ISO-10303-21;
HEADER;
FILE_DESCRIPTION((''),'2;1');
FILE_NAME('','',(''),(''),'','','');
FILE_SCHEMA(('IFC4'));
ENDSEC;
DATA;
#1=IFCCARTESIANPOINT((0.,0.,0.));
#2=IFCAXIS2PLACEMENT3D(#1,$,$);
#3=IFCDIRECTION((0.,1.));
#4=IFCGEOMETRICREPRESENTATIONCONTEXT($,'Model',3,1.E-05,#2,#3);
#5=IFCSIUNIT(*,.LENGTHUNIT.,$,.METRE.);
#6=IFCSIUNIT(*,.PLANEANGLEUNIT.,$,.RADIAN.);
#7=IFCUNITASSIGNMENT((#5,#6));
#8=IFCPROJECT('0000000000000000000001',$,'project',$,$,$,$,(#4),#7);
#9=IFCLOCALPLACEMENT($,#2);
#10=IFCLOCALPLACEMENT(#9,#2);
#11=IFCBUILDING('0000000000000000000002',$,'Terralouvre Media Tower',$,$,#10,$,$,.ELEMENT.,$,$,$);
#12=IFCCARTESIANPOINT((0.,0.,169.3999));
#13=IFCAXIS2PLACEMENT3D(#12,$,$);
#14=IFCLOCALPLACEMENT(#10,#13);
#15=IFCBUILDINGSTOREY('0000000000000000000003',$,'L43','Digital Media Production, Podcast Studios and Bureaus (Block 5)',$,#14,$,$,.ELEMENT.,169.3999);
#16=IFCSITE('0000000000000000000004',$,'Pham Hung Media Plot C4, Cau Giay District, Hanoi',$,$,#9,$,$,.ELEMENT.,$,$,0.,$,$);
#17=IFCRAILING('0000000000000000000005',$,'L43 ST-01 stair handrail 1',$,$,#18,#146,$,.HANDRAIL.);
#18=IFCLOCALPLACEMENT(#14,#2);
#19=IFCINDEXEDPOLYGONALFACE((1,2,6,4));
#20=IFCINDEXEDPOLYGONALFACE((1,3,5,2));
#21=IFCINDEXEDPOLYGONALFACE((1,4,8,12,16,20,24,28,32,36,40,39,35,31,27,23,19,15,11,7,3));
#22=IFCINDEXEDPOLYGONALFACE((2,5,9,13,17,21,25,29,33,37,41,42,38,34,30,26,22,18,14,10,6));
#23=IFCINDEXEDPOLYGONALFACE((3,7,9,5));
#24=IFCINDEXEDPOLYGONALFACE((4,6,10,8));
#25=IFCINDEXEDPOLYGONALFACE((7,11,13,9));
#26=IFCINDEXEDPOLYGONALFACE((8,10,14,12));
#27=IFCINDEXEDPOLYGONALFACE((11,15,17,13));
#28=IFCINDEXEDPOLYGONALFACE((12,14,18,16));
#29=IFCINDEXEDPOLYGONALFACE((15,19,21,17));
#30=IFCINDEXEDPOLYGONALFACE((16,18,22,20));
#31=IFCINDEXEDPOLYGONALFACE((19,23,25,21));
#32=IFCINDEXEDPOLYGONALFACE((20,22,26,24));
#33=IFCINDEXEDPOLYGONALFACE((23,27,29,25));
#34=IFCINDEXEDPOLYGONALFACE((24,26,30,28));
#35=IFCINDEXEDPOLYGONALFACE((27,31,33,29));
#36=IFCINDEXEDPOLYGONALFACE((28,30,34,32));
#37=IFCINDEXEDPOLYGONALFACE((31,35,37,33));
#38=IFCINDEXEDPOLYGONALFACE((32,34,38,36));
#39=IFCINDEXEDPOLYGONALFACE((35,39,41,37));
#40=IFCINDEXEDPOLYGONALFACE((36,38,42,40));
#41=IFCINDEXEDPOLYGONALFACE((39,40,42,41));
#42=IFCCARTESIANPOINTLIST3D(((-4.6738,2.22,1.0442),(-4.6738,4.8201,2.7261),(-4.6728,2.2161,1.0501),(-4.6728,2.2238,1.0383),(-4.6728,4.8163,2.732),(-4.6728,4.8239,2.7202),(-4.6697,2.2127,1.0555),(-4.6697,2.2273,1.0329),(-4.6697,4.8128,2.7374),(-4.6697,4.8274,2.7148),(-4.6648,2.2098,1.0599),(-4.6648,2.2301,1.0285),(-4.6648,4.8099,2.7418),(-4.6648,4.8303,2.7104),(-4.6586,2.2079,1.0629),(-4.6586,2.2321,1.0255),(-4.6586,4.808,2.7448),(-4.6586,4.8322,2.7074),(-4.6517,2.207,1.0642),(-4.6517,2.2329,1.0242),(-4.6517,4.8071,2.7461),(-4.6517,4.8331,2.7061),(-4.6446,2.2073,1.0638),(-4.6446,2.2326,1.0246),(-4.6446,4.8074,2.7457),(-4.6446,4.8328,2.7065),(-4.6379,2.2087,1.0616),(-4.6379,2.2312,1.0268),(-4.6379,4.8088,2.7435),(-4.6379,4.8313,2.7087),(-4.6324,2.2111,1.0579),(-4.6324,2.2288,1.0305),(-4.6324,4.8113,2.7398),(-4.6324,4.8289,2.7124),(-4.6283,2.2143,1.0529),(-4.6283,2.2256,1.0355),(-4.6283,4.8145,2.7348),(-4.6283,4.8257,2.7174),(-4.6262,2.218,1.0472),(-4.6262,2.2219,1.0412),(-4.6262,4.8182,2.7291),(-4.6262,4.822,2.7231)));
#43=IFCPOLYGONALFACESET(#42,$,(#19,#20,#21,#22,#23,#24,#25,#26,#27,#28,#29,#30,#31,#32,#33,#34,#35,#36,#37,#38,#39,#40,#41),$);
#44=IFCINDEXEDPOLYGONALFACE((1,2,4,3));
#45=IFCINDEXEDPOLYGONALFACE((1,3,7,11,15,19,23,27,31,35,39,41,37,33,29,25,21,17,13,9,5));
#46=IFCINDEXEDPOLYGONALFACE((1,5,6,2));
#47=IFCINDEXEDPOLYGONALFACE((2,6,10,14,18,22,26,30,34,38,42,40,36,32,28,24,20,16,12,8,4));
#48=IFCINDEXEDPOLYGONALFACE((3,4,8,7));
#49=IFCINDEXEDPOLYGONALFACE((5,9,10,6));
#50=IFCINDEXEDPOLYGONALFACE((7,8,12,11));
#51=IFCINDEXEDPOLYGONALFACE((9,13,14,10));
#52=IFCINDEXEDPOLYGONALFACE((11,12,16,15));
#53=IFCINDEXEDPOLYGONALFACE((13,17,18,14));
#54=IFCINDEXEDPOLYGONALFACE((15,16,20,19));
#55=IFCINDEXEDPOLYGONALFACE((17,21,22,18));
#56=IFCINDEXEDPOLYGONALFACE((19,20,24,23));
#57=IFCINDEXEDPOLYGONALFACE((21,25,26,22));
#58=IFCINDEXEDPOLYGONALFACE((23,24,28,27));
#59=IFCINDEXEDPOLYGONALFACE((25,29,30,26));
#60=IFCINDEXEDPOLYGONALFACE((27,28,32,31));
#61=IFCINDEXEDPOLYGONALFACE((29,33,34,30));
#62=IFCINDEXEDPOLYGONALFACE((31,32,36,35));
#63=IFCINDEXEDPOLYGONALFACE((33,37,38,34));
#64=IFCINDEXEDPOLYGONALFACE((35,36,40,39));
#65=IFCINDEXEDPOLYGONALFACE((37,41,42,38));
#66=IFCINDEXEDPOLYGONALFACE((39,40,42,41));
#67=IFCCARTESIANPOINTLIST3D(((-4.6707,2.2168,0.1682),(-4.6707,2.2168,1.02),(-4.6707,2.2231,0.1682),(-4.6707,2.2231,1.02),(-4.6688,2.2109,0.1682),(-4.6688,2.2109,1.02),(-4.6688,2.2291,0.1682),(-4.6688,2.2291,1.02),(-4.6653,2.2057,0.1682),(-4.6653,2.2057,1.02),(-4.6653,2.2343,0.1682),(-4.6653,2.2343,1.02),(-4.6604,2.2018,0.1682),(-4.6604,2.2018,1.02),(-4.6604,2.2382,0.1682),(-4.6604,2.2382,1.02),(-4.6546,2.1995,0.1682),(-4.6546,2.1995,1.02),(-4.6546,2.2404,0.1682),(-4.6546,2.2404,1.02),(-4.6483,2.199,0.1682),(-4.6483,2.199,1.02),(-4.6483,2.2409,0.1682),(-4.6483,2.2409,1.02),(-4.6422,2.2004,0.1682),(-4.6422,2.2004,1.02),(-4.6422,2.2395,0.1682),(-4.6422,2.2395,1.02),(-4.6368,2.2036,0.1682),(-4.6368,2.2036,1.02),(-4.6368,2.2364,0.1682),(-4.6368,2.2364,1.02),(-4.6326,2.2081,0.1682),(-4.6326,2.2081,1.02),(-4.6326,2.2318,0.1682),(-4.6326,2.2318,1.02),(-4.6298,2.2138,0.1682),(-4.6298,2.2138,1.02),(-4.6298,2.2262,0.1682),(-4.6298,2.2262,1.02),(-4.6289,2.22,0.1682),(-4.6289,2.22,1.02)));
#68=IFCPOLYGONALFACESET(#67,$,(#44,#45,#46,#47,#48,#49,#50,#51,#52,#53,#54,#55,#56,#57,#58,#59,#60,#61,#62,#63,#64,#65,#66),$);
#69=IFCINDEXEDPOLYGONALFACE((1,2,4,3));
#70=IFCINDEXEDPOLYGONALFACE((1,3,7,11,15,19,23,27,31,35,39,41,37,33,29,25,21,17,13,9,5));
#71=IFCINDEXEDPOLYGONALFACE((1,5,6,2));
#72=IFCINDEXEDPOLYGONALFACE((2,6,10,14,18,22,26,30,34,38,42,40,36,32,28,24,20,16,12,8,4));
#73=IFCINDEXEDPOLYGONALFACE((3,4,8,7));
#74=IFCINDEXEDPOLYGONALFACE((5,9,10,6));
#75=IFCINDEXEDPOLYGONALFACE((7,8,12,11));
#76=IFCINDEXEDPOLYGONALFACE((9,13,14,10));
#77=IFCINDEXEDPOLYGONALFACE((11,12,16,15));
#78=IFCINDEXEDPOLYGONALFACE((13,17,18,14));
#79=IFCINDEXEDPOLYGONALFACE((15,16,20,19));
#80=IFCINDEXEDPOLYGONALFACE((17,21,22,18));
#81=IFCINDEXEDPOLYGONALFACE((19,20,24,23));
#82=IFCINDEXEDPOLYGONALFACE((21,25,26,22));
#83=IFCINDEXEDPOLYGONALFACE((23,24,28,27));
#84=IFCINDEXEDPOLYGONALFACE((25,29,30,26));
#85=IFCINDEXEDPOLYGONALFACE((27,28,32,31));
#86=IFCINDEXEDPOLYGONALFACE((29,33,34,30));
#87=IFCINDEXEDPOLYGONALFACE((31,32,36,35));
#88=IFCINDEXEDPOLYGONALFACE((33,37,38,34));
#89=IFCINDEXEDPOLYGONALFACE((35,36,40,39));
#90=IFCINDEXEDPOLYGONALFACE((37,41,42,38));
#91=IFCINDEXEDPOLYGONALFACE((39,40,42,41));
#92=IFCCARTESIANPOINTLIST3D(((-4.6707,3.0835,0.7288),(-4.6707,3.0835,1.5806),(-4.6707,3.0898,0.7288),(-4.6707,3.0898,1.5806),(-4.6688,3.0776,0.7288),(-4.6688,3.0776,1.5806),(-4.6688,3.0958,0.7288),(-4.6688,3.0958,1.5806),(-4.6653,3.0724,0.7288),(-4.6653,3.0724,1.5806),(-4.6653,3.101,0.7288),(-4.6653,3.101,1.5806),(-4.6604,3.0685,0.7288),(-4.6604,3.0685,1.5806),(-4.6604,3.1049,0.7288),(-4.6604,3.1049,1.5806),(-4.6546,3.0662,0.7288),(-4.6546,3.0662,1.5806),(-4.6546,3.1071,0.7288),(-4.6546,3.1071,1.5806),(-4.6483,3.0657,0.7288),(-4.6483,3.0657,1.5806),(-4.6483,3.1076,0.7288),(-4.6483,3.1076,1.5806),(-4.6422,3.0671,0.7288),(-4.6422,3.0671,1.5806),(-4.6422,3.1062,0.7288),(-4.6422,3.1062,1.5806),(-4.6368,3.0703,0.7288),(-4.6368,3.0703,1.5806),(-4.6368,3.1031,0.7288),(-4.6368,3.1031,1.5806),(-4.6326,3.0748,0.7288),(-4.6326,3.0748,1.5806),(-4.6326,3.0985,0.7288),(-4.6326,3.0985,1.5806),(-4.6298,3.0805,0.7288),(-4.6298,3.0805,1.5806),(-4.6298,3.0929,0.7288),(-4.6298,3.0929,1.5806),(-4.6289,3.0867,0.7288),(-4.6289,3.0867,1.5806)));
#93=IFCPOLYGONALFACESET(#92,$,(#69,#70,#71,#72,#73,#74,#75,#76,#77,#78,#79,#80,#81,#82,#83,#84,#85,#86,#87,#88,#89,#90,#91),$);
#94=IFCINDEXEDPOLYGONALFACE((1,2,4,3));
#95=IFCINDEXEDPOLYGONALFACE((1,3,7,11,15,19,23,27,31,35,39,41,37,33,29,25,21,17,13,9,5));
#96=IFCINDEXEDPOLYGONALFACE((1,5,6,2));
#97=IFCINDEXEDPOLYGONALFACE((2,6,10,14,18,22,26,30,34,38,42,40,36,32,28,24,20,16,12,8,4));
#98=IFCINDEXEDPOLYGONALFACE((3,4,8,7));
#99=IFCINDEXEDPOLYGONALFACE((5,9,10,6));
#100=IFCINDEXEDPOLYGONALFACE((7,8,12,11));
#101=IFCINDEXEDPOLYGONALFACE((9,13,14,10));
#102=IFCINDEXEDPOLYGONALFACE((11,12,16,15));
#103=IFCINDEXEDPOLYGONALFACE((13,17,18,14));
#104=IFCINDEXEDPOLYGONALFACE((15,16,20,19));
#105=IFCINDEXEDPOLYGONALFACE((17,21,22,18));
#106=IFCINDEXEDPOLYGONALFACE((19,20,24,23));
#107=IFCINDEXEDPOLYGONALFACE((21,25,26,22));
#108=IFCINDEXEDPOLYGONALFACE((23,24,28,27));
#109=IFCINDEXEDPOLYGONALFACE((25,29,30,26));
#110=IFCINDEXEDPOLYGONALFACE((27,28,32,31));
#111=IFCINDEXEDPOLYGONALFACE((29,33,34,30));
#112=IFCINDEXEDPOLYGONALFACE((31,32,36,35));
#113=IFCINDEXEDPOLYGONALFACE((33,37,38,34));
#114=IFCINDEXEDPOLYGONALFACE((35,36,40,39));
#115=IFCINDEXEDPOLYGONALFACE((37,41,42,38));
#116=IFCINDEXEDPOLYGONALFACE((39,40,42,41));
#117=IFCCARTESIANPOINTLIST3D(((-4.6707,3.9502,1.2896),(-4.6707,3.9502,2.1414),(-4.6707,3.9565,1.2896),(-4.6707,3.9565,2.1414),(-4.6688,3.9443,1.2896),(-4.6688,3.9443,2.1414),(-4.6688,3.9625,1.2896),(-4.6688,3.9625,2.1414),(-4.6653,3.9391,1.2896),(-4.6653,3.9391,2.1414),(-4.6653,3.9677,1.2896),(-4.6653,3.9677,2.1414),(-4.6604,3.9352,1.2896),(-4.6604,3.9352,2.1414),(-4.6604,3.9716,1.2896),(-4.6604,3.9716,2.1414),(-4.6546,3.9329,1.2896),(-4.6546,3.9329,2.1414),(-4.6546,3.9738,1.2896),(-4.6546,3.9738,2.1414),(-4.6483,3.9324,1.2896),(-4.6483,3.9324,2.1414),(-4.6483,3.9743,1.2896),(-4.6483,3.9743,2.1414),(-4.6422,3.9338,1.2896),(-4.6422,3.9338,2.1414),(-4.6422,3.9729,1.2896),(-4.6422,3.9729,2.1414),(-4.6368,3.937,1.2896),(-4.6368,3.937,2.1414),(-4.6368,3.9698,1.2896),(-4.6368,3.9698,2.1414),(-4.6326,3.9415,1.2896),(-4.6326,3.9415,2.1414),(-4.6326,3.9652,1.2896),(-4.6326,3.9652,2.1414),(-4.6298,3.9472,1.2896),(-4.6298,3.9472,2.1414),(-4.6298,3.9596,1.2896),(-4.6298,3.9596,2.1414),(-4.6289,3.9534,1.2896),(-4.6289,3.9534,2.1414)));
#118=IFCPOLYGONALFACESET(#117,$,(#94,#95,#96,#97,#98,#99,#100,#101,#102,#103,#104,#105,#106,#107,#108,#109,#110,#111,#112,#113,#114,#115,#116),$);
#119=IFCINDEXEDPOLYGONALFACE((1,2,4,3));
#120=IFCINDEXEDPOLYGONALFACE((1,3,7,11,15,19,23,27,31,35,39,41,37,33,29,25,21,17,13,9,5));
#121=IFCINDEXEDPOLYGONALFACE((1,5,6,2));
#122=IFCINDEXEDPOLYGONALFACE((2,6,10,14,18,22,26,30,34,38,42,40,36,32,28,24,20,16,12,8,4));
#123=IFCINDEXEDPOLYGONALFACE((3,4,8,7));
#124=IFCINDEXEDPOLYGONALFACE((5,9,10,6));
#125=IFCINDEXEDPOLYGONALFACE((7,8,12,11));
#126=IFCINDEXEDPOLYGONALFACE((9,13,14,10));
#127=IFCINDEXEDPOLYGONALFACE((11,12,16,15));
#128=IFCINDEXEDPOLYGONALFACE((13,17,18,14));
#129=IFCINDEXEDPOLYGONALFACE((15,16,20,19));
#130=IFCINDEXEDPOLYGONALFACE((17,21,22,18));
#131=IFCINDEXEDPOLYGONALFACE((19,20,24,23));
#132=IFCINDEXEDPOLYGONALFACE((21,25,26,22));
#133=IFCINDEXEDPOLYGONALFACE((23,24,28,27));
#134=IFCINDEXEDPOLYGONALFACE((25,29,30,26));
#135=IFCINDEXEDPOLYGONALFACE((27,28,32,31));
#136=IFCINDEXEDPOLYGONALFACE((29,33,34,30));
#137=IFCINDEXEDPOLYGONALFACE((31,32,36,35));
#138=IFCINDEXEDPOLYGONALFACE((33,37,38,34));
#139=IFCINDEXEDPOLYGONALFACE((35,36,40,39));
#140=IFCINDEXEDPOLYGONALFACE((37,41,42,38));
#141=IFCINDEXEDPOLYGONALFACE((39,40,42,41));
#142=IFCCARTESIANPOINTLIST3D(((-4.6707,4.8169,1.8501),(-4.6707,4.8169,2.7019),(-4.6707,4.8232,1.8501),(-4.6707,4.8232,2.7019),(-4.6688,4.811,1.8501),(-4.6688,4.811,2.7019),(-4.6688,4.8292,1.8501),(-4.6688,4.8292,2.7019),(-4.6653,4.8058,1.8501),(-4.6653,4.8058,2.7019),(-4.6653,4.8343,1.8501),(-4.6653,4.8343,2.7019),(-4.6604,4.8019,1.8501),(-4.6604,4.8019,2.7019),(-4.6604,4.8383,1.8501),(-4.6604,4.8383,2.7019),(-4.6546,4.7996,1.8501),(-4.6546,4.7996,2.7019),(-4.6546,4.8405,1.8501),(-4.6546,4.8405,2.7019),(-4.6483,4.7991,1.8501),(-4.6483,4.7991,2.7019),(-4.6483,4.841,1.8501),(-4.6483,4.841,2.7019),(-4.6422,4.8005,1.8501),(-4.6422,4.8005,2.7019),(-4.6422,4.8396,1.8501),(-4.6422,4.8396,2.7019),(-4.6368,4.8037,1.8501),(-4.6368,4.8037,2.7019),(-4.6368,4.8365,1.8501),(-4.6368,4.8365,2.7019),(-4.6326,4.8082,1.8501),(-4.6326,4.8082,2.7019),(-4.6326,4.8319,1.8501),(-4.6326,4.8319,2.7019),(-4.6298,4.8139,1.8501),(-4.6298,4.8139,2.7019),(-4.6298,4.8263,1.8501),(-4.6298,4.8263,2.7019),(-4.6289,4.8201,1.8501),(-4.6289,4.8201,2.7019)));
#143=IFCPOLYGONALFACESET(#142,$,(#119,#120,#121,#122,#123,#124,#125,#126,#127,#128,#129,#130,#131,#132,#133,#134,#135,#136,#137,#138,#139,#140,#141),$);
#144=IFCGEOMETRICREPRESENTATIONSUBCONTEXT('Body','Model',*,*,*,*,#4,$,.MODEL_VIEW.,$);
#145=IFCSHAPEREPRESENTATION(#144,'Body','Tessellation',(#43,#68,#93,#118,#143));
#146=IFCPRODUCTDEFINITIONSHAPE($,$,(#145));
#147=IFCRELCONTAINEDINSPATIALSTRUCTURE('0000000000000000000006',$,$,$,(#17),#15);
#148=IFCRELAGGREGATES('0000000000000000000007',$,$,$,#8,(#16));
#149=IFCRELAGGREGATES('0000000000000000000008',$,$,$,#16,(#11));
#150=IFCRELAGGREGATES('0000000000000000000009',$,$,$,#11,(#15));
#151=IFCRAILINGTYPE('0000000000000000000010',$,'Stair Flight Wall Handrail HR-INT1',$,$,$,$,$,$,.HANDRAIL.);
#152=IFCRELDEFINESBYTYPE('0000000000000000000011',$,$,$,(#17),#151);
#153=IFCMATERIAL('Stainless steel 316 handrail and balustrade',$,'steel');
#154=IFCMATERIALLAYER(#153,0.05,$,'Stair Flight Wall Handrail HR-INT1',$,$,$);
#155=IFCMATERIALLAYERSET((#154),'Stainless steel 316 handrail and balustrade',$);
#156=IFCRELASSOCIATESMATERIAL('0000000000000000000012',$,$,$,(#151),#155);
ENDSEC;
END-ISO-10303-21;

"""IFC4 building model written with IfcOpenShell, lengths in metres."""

from ifc_helpers import new_model, si_unit, direction, frame, origin, origin_2d, place, context, subcontext, project, spatial, circle, extrude, material, layer, layer_set, type_object, element, save


model = new_model("IFC4")

# Units and contexts
model_context = context("Model", 3, precision=1e-05, world=origin(), true_north=direction((0.0, 1.0)))
body_context = subcontext(model_context, "Body", "Model", "MODEL_VIEW")
ifc_project = project(units=[si_unit("LENGTHUNIT", "METRE"), si_unit("PLANEANGLEUNIT", "RADIAN")], contexts=[model_context])

# Site, building, storey
site_placement = place(None, origin())
site = spatial("IfcSite", under=ifc_project, at=site_placement, Name="Pham Hung Media Plot C4, Cau Giay District, Hanoi", CompositionType="ELEMENT", RefElevation=0.0)
building_placement = place(site_placement, origin())
building = spatial("IfcBuilding", under=site, at=building_placement, Name="Terralouvre Media Tower", CompositionType="ELEMENT")
storey_placement = place(building_placement, frame((0.0, 0.0, 169.3999)))
storey = spatial("IfcBuildingStorey", under=building, at=storey_placement, Name="L43", Description="Digital Media Production, Podcast Studios and Bureaus (Block 5)", CompositionType="ELEMENT", Elevation=169.3999)

# Railing
ifc_material_1 = material(Name="Stainless steel 316 handrail and balustrade", Category="steel")
ifc_layer_1 = layer(ifc_material_1, 0.05, Name="Stair Flight Wall Handrail HR-INT1")
ifc_layer_set_1 = layer_set([ifc_layer_1], Name="Stainless steel 316 handrail and balustrade")
railing_type_1 = type_object("IfcRailingType", Name="Stair Flight Wall Handrail HR-INT1", PredefinedType="HANDRAIL", material=ifc_layer_set_1)
railing_1_placement = place(storey_placement, frame((-4.6499, 2.22, 0.1682)))
element("IfcRailing", 1, at=railing_1_placement, inside=storey, type_object=railing_type_1, Name="L43 ST-01 stair handrail 1", PredefinedType="HANDRAIL", context=body_context, shape_type="SweptSolid", body=[
    extrude(circle(Radius=0.0239, at=origin_2d()), frame((0.0, 0.0, 0.876), z_axis=(0.0, 0.839648, 0.54313), x_axis=(-1.0, 0.0, 0.0)), (0.0, 0.0, 1.0), 3.0967),
    extrude(circle(Radius=0.021, at=origin_2d()), origin(), (0.0, 0.0, 1.0), 0.8518),
    extrude(circle(Radius=0.021, at=origin_2d()), frame((0.0, 0.8667, 0.5605)), (0.0, 0.0, 1.0), 0.8518),
    extrude(circle(Radius=0.021, at=origin_2d()), frame((0.0, 1.7334, 1.1213)), (0.0, 0.0, 1.0), 0.8518),
    extrude(circle(Radius=0.021, at=origin_2d()), frame((0.0, 2.6001, 1.6819)), (0.0, 0.0, 1.0), 0.8518),
])

save(model, "model.ifc")
